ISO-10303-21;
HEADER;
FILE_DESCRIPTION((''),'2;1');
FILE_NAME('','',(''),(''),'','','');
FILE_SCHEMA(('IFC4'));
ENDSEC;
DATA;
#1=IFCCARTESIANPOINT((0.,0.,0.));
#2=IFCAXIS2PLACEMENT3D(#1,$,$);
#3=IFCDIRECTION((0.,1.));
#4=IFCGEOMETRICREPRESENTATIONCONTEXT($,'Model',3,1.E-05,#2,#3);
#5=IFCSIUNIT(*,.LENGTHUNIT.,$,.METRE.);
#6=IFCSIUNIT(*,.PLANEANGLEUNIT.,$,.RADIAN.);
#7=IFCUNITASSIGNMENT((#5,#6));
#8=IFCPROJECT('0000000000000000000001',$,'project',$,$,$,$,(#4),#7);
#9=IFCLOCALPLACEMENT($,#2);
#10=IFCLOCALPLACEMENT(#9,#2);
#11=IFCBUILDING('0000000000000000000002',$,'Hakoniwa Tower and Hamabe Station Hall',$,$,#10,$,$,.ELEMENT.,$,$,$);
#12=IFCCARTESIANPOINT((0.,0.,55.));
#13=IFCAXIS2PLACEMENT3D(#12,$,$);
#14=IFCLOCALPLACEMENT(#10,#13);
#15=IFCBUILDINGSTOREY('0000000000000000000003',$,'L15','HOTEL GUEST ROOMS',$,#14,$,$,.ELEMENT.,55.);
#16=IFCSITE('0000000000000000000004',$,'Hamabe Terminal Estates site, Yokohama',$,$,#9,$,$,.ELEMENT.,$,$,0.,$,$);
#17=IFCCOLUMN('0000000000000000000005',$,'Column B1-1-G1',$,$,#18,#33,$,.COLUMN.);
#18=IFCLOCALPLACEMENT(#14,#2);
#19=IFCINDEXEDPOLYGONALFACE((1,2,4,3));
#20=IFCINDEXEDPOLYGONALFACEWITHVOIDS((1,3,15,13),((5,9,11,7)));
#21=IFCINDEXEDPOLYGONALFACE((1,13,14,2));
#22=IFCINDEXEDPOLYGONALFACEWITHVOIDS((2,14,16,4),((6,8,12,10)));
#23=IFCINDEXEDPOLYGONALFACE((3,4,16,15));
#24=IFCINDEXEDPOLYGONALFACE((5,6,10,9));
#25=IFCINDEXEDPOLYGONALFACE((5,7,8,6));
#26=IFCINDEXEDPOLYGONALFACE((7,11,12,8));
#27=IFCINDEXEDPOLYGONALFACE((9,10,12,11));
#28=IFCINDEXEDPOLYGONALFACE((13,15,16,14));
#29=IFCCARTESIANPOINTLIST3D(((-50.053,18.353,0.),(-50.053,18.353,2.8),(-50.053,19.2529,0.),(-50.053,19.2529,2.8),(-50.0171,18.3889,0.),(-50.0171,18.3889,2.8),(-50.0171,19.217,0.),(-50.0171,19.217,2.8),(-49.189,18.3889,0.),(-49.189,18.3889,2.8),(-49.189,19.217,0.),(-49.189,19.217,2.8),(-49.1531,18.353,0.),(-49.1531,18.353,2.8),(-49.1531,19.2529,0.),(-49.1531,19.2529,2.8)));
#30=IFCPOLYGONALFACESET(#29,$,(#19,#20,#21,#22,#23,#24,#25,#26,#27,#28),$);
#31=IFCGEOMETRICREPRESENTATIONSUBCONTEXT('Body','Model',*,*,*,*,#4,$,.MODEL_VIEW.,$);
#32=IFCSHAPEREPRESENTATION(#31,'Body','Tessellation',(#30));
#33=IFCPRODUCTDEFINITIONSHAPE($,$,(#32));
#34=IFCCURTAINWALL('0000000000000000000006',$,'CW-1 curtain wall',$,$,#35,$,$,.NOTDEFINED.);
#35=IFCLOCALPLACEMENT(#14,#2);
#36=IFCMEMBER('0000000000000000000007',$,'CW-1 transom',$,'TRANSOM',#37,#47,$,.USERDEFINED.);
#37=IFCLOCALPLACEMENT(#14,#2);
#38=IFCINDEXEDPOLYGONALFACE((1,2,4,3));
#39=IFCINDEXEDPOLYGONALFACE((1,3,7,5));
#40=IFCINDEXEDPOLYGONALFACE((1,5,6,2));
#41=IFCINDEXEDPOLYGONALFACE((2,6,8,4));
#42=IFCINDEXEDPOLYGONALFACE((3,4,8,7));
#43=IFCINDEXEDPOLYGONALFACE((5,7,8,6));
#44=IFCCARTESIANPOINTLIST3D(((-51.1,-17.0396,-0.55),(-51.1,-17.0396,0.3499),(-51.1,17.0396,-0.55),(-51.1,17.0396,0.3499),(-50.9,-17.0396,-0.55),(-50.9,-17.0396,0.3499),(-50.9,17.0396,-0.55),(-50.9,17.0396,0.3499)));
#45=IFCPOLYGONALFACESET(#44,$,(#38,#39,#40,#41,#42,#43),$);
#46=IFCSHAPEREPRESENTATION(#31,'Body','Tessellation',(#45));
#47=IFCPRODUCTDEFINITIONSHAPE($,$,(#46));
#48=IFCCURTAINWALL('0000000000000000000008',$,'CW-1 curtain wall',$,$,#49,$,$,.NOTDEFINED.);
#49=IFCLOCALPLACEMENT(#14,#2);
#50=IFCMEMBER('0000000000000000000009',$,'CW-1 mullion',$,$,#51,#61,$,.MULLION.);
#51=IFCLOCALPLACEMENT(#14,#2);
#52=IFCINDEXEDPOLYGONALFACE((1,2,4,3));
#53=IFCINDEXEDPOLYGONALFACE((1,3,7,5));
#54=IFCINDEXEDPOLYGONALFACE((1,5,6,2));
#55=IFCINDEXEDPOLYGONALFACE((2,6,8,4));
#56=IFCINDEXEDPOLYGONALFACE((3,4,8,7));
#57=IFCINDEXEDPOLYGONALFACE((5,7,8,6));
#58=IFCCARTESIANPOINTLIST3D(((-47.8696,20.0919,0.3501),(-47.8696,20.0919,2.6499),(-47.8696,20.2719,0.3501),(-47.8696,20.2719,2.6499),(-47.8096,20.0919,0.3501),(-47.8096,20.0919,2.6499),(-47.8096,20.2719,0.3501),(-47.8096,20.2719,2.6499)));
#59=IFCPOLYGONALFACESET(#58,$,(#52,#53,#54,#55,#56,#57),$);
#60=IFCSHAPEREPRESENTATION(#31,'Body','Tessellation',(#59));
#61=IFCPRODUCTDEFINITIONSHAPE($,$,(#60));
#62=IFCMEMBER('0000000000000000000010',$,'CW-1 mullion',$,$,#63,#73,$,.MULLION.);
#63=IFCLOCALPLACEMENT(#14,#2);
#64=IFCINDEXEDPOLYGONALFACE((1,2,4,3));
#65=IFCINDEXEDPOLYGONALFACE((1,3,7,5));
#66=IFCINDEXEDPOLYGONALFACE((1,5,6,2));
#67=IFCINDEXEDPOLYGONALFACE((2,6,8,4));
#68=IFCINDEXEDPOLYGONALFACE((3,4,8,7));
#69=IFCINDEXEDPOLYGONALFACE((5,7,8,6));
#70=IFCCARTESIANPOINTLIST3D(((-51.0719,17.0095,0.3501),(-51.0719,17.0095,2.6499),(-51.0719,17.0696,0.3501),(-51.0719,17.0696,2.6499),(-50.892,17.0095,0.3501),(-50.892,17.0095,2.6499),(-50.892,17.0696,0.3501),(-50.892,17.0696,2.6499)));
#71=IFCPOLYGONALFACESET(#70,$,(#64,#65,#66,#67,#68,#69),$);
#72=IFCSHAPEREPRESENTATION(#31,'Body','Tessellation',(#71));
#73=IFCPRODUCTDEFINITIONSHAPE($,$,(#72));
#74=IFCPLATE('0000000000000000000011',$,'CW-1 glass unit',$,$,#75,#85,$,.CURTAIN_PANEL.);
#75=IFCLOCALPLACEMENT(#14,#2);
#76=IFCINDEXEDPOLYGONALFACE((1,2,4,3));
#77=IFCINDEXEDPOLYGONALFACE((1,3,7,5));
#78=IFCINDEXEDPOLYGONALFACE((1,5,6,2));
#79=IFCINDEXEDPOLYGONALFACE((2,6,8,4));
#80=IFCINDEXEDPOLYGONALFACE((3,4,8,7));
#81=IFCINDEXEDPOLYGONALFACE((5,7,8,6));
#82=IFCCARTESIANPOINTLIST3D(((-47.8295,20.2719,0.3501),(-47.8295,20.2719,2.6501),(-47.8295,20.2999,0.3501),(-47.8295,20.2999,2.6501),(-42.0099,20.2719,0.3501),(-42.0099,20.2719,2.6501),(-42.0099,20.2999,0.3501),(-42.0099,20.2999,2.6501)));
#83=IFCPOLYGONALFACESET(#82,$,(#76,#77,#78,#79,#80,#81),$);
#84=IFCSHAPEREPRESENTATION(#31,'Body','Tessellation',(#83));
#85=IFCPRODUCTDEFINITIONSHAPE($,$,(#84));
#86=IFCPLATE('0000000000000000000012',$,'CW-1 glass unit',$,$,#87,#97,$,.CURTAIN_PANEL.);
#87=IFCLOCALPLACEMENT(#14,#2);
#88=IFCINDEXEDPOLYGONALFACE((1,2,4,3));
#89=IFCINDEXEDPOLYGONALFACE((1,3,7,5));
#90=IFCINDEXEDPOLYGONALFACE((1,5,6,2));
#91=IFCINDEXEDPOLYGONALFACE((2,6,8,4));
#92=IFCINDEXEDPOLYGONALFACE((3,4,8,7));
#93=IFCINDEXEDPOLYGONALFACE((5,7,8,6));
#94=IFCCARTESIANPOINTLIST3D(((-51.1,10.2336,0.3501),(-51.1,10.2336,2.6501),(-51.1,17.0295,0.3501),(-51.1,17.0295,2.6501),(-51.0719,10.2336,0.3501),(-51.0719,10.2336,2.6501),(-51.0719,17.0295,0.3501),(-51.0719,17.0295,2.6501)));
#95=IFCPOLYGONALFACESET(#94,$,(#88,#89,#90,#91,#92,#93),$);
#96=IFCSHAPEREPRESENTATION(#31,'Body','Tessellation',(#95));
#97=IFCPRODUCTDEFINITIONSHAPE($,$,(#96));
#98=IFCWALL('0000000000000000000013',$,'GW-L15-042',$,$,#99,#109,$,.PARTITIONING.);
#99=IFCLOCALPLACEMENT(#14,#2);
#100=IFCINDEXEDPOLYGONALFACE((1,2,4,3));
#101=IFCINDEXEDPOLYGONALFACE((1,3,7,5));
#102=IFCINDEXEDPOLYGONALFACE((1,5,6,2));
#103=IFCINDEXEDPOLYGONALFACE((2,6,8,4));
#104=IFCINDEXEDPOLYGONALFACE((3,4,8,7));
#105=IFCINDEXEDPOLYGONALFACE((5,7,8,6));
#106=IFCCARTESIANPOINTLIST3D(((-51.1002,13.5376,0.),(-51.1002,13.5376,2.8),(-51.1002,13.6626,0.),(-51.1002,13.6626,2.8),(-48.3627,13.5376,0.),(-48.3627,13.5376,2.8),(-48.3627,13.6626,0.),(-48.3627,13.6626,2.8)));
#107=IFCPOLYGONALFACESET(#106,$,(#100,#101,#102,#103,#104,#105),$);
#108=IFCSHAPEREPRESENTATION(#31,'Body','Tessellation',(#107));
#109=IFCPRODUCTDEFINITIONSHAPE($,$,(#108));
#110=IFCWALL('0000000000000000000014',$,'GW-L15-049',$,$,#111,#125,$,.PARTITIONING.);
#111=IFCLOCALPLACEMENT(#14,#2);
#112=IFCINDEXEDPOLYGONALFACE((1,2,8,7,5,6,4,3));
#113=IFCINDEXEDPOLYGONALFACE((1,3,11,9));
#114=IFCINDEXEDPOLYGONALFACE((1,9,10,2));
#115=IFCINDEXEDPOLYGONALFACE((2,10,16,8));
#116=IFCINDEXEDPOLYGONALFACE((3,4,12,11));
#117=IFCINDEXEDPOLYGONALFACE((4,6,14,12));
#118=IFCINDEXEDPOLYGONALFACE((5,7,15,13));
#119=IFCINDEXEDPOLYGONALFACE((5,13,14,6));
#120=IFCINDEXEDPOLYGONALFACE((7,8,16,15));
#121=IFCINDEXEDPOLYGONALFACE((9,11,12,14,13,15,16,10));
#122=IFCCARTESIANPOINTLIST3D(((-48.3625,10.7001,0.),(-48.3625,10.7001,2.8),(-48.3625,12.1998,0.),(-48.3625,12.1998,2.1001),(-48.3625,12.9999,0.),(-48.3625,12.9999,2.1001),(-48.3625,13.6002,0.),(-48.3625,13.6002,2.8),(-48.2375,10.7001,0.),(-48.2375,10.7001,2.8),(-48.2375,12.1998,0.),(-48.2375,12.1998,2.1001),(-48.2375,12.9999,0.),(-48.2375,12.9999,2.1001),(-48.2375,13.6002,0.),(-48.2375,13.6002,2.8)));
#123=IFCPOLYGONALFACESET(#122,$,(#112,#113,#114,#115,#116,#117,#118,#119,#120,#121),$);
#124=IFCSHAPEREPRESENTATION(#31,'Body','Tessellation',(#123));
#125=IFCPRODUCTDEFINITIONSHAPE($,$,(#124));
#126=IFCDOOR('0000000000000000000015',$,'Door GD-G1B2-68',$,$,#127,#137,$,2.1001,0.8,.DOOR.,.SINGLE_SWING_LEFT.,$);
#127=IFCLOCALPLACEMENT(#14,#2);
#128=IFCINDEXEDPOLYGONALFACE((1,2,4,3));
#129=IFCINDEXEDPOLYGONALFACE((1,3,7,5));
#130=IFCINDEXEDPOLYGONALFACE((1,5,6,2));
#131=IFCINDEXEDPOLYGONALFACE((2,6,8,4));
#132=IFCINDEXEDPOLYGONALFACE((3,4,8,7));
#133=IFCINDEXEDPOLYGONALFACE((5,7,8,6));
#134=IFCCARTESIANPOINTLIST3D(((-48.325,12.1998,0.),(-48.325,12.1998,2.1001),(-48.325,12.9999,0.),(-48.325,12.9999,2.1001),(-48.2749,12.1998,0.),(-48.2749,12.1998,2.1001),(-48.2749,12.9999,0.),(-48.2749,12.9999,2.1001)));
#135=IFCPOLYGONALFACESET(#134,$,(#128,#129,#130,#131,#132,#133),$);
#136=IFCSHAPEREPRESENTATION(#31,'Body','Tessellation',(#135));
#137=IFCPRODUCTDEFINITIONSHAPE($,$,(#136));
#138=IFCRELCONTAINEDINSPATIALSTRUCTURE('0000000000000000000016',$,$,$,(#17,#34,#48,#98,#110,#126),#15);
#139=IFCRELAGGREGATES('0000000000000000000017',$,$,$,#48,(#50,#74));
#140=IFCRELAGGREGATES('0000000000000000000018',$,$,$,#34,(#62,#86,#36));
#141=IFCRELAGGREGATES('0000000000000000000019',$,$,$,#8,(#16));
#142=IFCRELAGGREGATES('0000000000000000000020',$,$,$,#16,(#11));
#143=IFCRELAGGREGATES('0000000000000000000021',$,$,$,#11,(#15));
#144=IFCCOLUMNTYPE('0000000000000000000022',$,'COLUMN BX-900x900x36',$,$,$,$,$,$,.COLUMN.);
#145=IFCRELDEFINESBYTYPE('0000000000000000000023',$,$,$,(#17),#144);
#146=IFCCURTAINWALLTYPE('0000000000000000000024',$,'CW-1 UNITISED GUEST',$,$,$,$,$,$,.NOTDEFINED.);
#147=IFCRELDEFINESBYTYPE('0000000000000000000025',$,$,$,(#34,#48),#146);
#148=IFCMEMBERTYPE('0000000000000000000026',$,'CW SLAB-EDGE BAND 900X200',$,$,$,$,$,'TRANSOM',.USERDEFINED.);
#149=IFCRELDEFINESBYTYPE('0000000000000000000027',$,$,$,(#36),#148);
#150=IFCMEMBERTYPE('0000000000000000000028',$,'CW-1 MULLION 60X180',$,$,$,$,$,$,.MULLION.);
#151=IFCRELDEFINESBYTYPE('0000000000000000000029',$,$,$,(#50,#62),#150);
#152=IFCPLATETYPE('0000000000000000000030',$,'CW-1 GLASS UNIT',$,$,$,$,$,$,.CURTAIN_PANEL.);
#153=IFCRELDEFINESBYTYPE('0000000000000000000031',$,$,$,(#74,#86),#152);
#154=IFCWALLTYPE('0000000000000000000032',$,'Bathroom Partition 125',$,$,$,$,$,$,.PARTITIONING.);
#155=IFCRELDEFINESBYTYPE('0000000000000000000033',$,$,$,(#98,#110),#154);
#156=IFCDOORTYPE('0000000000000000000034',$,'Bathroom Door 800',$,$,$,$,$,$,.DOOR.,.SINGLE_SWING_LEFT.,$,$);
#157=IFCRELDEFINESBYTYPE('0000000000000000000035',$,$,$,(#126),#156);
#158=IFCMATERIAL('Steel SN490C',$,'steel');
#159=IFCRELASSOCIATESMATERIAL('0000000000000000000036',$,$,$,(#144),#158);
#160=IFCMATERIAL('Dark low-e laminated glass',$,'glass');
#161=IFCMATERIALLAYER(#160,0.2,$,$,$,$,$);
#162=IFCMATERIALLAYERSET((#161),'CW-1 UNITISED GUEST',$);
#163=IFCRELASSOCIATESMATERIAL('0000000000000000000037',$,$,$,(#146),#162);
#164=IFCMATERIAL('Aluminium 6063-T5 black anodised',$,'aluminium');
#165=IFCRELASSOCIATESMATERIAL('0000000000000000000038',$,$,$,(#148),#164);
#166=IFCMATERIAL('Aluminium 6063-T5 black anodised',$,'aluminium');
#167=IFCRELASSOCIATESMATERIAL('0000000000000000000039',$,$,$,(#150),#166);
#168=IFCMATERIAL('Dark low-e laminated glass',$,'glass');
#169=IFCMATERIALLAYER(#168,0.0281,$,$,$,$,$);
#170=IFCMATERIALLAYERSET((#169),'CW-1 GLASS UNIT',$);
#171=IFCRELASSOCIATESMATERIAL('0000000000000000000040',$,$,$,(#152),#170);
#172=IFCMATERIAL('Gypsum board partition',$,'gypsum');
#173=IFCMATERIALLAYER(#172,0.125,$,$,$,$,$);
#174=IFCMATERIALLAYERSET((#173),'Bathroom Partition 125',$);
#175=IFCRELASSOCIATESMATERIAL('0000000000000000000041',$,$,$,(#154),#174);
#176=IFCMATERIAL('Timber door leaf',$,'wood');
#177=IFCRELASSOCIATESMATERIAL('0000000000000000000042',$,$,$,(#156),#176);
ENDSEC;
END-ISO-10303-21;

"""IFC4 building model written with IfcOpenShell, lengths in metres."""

from ifc_helpers import new_model, si_unit, direction, frame, frame_2d, origin, origin_2d, place, context, subcontext, project, spatial, rectangle, hollow_rectangle, extrude, material, layer, layer_set, material_profile, profile_set, type_object, element, fill, aggregate, save


model = new_model("IFC4")

# Units and contexts
model_context = context("Model", 3, precision=1e-05, world=origin(), true_north=direction((0.0, 1.0)))
body_context = subcontext(model_context, "Body", "Model", "MODEL_VIEW")
ifc_project = project(units=[si_unit("LENGTHUNIT", "METRE"), si_unit("PLANEANGLEUNIT", "RADIAN")], contexts=[model_context])

# Site, building, storey
site_placement = place(None, origin())
site = spatial("IfcSite", under=ifc_project, at=site_placement, Name="Hamabe Terminal Estates site, Yokohama", CompositionType="ELEMENT", RefElevation=0.0)
building_placement = place(site_placement, origin())
building = spatial("IfcBuilding", under=site, at=building_placement, Name="Hakoniwa Tower and Hamabe Station Hall", CompositionType="ELEMENT")
storey_placement = place(building_placement, frame((0.0, 0.0, 55.0)))
storey = spatial("IfcBuildingStorey", under=building, at=storey_placement, Name="L15", Description="HOTEL GUEST ROOMS", CompositionType="ELEMENT", Elevation=55.0)

# Column
ifc_material_1 = material(Name="Steel SN490C", Category="steel")
ifc_material_profile_1 = material_profile(ifc_material_1, hollow_rectangle(XDim=0.8999, YDim=0.8999, WallThickness=0.0359, at=origin_2d()), Name="BX-900x900x36")
ifc_profile_set_1 = profile_set([ifc_material_profile_1], Name="Steel SN490C")
column_type = type_object("IfcColumnType", Name="COLUMN BX-900x900x36", PredefinedType="COLUMN", material=ifc_profile_set_1)
column_placement = place(storey_placement, frame((-49.603, 18.803, 0.0), z_axis=(0.0, 0.0, 1.0), x_axis=(1.0, 0.0, 0.0)))
element("IfcColumn", 1, at=column_placement, inside=storey, type_object=column_type, Name="Column B1-1-G1", PredefinedType="COLUMN", context=body_context, shape_type="SweptSolid", body=[
    extrude(hollow_rectangle(XDim=0.8999, YDim=0.8999, WallThickness=0.0359, at=origin_2d()), origin(), (0.0, 0.0, 1.0), 2.8),
])

# Curtain walls, members
ifc_material_2 = material(Name="Dark low-e laminated glass", Category="glass")
ifc_layer_1 = layer(ifc_material_2, 0.2)
ifc_layer_set_1 = layer_set([ifc_layer_1], Name="CW-1 UNITISED GUEST")
curtain_wall_type = type_object("IfcCurtainWallType", Name="CW-1 UNITISED GUEST", PredefinedType="NOTDEFINED", material=ifc_layer_set_1)
curtain_wall_1_placement = place(storey_placement, origin())
curtain_wall_1 = element("IfcCurtainWall", 2, at=curtain_wall_1_placement, inside=storey, type_object=curtain_wall_type, Name="CW-1 curtain wall", PredefinedType="NOTDEFINED")
ifc_material_3 = material(Name="Aluminium 6063-T5 black anodised", Category="aluminium")
ifc_material_profile_2 = material_profile(ifc_material_3, rectangle(XDim=0.2, YDim=0.8999, at=origin_2d()), Name="CW SLAB-EDGE BAND 900X200")
ifc_profile_set_2 = profile_set([ifc_material_profile_2], Name="Aluminium 6063-T5 black anodised")
member_type_1 = type_object("IfcMemberType", Name="CW SLAB-EDGE BAND 900X200", ElementType="TRANSOM", PredefinedType="USERDEFINED", material=ifc_profile_set_2)
member_1_placement = place(storey_placement, frame((-51.0, 17.0396, -0.1001), z_axis=(0.0, -1.0, 0.0), x_axis=(1.0, 0.0, 0.0)))
member_1 = element("IfcMember", 3, at=member_1_placement, type_object=member_type_1, Name="CW-1 transom", ObjectType="TRANSOM", PredefinedType="USERDEFINED", context=body_context, shape_type="SweptSolid", body=[
    extrude(rectangle(XDim=0.2, YDim=0.8999, at=origin_2d()), origin(), (0.0, 0.0, 1.0), 34.0791),
])
curtain_wall_2_placement = place(storey_placement, origin())
curtain_wall_2 = element("IfcCurtainWall", 4, at=curtain_wall_2_placement, inside=storey, type_object=curtain_wall_type, Name="CW-1 curtain wall", PredefinedType="NOTDEFINED")
ifc_material_4 = material(Name="Aluminium 6063-T5 black anodised", Category="aluminium")
ifc_material_profile_3 = material_profile(ifc_material_4, rectangle(XDim=0.0601, YDim=0.1799, at=origin_2d()), Name="CW-1 MULLION 60X180")
ifc_profile_set_3 = profile_set([ifc_material_profile_3], Name="Aluminium 6063-T5 black anodised")
member_type_2 = type_object("IfcMemberType", Name="CW-1 MULLION 60X180", PredefinedType="MULLION", material=ifc_profile_set_3)
member_2_placement = place(storey_placement, frame((-47.8396, 20.1819, 0.3501), z_axis=(0.0, 0.0, 1.0), x_axis=(-1.0, 0.0, 0.0)))
member_2 = element("IfcMember", 5, at=member_2_placement, type_object=member_type_2, Name="CW-1 mullion", PredefinedType="MULLION", context=body_context, shape_type="SweptSolid", body=[
    extrude(rectangle(XDim=0.0601, YDim=0.1799, at=origin_2d()), origin(), (0.0, 0.0, 1.0), 2.2998),
])

# Member
member_3_placement = place(storey_placement, frame((-50.9819, 17.0396, 0.3501), z_axis=(0.0, 0.0, 1.0), x_axis=(0.0, -1.0, 0.0)))
member_3 = element("IfcMember", 6, at=member_3_placement, type_object=member_type_2, Name="CW-1 mullion", PredefinedType="MULLION", context=body_context, shape_type="SweptSolid", body=[
    extrude(rectangle(XDim=0.0601, YDim=0.1799, at=origin_2d()), origin(), (0.0, 0.0, 1.0), 2.2998),
])

# Plates
ifc_material_5 = material(Name="Dark low-e laminated glass", Category="glass")
ifc_layer_2 = layer(ifc_material_5, 0.0281)
ifc_layer_set_2 = layer_set([ifc_layer_2], Name="CW-1 GLASS UNIT")
plate_type = type_object("IfcPlateType", Name="CW-1 GLASS UNIT", PredefinedType="CURTAIN_PANEL", material=ifc_layer_set_2)
plate_1_placement = place(storey_placement, frame((-44.9197, 20.2859, 0.3501), z_axis=(0.0, 0.0, 1.0), x_axis=(-1.0, 0.0, 0.0)))
plate_1 = element("IfcPlate", 7, at=plate_1_placement, type_object=plate_type, Name="CW-1 glass unit", PredefinedType="CURTAIN_PANEL", context=body_context, shape_type="SweptSolid", body=[
    extrude(rectangle(XDim=5.8196, YDim=0.0281, at=origin_2d()), origin(), (0.0, 0.0, 1.0), 2.3),
])
aggregate(curtain_wall_2, [member_2, plate_1])
plate_2_placement = place(storey_placement, frame((-51.0859, 13.6316, 0.3501), z_axis=(0.0, 0.0, 1.0), x_axis=(0.0, -1.0, 0.0)))
plate_2 = element("IfcPlate", 8, at=plate_2_placement, type_object=plate_type, Name="CW-1 glass unit", PredefinedType="CURTAIN_PANEL", context=body_context, shape_type="SweptSolid", body=[
    extrude(rectangle(XDim=6.7959, YDim=0.0281, at=origin_2d()), origin(), (0.0, 0.0, 1.0), 2.3),
])
aggregate(curtain_wall_1, [member_3, plate_2, member_1])

# Wall
ifc_material_6 = material(Name="Gypsum board partition", Category="gypsum")
ifc_layer_3 = layer(ifc_material_6, 0.125)
ifc_layer_set_3 = layer_set([ifc_layer_3], Name="Bathroom Partition 125")
wall_type_1 = type_object("IfcWallType", Name="Bathroom Partition 125", PredefinedType="PARTITIONING", material=ifc_layer_set_3)
wall_1_placement = place(storey_placement, frame((-51.1001, 13.6001, 0.0), z_axis=(0.0, 0.0, 1.0), x_axis=(1.0, 0.0, 0.0)))
element("IfcWall", 9, at=wall_1_placement, inside=storey, type_object=wall_type_1, Name="GW-L15-042", PredefinedType="PARTITIONING", context=body_context, shape_type="SweptSolid", body=[
    extrude(rectangle(XDim=2.7375, YDim=0.125, at=frame_2d((1.3687, 0.0))), origin(), (0.0, 0.0, 1.0), 2.8),
])

# Wall, opening, door
wall_2_placement = place(storey_placement, frame((-48.3, 10.7, 0.0), z_axis=(0.0, 0.0, 1.0), x_axis=(0.0, 1.0, 0.0)))
wall_2 = element("IfcWall", 10, at=wall_2_placement, inside=storey, type_object=wall_type_1, Name="GW-L15-049", PredefinedType="PARTITIONING", context=body_context, shape_type="SweptSolid", body=[
    extrude(rectangle(XDim=2.9001, YDim=0.125, at=frame_2d((1.4502, 0.0))), origin(), (0.0, 0.0, 1.0), 2.8),
])
opening_1_placement = place(wall_2_placement, frame((1.5, 0.0, 0.0)))
opening_1 = element("IfcOpeningElement", 11, at=opening_1_placement, cuts=wall_2, PredefinedType="OPENING", context=body_context, shape_type="SweptSolid", body=[
    extrude(rectangle(XDim=0.8, YDim=2.1001, at=frame_2d((0.3999, 1.05))), frame((0.0, 0.0725, 0.0), z_axis=(0.0, -1.0, 0.0), x_axis=(1.0, 0.0, 0.0)), (0.0, 0.0, 1.0), 0.145),
])
ifc_material_7 = material(Name="Timber door leaf", Category="wood")
door_type_1 = type_object("IfcDoorType", Name="Bathroom Door 800", OperationType="SINGLE_SWING_LEFT", PredefinedType="DOOR", material=ifc_material_7)
door_1_placement = place(opening_1_placement, origin())
door_1 = element("IfcDoor", 12, at=door_1_placement, inside=storey, type_object=door_type_1, Name="Door GD-G1B2-68", OperationType="SINGLE_SWING_LEFT", OverallHeight=2.1001, OverallWidth=0.8, PredefinedType="DOOR", context=body_context, shape_type="SweptSolid", body=[
    extrude(rectangle(XDim=0.8, YDim=2.1001, at=frame_2d((0.3999, 1.05))), frame((0.0, 0.0249, 0.0), z_axis=(0.0, -1.0, 0.0), x_axis=(1.0, 0.0, 0.0)), (0.0, 0.0, 1.0), 0.05),
])
fill(opening_1, door_1)

save(model, "model.ifc")
